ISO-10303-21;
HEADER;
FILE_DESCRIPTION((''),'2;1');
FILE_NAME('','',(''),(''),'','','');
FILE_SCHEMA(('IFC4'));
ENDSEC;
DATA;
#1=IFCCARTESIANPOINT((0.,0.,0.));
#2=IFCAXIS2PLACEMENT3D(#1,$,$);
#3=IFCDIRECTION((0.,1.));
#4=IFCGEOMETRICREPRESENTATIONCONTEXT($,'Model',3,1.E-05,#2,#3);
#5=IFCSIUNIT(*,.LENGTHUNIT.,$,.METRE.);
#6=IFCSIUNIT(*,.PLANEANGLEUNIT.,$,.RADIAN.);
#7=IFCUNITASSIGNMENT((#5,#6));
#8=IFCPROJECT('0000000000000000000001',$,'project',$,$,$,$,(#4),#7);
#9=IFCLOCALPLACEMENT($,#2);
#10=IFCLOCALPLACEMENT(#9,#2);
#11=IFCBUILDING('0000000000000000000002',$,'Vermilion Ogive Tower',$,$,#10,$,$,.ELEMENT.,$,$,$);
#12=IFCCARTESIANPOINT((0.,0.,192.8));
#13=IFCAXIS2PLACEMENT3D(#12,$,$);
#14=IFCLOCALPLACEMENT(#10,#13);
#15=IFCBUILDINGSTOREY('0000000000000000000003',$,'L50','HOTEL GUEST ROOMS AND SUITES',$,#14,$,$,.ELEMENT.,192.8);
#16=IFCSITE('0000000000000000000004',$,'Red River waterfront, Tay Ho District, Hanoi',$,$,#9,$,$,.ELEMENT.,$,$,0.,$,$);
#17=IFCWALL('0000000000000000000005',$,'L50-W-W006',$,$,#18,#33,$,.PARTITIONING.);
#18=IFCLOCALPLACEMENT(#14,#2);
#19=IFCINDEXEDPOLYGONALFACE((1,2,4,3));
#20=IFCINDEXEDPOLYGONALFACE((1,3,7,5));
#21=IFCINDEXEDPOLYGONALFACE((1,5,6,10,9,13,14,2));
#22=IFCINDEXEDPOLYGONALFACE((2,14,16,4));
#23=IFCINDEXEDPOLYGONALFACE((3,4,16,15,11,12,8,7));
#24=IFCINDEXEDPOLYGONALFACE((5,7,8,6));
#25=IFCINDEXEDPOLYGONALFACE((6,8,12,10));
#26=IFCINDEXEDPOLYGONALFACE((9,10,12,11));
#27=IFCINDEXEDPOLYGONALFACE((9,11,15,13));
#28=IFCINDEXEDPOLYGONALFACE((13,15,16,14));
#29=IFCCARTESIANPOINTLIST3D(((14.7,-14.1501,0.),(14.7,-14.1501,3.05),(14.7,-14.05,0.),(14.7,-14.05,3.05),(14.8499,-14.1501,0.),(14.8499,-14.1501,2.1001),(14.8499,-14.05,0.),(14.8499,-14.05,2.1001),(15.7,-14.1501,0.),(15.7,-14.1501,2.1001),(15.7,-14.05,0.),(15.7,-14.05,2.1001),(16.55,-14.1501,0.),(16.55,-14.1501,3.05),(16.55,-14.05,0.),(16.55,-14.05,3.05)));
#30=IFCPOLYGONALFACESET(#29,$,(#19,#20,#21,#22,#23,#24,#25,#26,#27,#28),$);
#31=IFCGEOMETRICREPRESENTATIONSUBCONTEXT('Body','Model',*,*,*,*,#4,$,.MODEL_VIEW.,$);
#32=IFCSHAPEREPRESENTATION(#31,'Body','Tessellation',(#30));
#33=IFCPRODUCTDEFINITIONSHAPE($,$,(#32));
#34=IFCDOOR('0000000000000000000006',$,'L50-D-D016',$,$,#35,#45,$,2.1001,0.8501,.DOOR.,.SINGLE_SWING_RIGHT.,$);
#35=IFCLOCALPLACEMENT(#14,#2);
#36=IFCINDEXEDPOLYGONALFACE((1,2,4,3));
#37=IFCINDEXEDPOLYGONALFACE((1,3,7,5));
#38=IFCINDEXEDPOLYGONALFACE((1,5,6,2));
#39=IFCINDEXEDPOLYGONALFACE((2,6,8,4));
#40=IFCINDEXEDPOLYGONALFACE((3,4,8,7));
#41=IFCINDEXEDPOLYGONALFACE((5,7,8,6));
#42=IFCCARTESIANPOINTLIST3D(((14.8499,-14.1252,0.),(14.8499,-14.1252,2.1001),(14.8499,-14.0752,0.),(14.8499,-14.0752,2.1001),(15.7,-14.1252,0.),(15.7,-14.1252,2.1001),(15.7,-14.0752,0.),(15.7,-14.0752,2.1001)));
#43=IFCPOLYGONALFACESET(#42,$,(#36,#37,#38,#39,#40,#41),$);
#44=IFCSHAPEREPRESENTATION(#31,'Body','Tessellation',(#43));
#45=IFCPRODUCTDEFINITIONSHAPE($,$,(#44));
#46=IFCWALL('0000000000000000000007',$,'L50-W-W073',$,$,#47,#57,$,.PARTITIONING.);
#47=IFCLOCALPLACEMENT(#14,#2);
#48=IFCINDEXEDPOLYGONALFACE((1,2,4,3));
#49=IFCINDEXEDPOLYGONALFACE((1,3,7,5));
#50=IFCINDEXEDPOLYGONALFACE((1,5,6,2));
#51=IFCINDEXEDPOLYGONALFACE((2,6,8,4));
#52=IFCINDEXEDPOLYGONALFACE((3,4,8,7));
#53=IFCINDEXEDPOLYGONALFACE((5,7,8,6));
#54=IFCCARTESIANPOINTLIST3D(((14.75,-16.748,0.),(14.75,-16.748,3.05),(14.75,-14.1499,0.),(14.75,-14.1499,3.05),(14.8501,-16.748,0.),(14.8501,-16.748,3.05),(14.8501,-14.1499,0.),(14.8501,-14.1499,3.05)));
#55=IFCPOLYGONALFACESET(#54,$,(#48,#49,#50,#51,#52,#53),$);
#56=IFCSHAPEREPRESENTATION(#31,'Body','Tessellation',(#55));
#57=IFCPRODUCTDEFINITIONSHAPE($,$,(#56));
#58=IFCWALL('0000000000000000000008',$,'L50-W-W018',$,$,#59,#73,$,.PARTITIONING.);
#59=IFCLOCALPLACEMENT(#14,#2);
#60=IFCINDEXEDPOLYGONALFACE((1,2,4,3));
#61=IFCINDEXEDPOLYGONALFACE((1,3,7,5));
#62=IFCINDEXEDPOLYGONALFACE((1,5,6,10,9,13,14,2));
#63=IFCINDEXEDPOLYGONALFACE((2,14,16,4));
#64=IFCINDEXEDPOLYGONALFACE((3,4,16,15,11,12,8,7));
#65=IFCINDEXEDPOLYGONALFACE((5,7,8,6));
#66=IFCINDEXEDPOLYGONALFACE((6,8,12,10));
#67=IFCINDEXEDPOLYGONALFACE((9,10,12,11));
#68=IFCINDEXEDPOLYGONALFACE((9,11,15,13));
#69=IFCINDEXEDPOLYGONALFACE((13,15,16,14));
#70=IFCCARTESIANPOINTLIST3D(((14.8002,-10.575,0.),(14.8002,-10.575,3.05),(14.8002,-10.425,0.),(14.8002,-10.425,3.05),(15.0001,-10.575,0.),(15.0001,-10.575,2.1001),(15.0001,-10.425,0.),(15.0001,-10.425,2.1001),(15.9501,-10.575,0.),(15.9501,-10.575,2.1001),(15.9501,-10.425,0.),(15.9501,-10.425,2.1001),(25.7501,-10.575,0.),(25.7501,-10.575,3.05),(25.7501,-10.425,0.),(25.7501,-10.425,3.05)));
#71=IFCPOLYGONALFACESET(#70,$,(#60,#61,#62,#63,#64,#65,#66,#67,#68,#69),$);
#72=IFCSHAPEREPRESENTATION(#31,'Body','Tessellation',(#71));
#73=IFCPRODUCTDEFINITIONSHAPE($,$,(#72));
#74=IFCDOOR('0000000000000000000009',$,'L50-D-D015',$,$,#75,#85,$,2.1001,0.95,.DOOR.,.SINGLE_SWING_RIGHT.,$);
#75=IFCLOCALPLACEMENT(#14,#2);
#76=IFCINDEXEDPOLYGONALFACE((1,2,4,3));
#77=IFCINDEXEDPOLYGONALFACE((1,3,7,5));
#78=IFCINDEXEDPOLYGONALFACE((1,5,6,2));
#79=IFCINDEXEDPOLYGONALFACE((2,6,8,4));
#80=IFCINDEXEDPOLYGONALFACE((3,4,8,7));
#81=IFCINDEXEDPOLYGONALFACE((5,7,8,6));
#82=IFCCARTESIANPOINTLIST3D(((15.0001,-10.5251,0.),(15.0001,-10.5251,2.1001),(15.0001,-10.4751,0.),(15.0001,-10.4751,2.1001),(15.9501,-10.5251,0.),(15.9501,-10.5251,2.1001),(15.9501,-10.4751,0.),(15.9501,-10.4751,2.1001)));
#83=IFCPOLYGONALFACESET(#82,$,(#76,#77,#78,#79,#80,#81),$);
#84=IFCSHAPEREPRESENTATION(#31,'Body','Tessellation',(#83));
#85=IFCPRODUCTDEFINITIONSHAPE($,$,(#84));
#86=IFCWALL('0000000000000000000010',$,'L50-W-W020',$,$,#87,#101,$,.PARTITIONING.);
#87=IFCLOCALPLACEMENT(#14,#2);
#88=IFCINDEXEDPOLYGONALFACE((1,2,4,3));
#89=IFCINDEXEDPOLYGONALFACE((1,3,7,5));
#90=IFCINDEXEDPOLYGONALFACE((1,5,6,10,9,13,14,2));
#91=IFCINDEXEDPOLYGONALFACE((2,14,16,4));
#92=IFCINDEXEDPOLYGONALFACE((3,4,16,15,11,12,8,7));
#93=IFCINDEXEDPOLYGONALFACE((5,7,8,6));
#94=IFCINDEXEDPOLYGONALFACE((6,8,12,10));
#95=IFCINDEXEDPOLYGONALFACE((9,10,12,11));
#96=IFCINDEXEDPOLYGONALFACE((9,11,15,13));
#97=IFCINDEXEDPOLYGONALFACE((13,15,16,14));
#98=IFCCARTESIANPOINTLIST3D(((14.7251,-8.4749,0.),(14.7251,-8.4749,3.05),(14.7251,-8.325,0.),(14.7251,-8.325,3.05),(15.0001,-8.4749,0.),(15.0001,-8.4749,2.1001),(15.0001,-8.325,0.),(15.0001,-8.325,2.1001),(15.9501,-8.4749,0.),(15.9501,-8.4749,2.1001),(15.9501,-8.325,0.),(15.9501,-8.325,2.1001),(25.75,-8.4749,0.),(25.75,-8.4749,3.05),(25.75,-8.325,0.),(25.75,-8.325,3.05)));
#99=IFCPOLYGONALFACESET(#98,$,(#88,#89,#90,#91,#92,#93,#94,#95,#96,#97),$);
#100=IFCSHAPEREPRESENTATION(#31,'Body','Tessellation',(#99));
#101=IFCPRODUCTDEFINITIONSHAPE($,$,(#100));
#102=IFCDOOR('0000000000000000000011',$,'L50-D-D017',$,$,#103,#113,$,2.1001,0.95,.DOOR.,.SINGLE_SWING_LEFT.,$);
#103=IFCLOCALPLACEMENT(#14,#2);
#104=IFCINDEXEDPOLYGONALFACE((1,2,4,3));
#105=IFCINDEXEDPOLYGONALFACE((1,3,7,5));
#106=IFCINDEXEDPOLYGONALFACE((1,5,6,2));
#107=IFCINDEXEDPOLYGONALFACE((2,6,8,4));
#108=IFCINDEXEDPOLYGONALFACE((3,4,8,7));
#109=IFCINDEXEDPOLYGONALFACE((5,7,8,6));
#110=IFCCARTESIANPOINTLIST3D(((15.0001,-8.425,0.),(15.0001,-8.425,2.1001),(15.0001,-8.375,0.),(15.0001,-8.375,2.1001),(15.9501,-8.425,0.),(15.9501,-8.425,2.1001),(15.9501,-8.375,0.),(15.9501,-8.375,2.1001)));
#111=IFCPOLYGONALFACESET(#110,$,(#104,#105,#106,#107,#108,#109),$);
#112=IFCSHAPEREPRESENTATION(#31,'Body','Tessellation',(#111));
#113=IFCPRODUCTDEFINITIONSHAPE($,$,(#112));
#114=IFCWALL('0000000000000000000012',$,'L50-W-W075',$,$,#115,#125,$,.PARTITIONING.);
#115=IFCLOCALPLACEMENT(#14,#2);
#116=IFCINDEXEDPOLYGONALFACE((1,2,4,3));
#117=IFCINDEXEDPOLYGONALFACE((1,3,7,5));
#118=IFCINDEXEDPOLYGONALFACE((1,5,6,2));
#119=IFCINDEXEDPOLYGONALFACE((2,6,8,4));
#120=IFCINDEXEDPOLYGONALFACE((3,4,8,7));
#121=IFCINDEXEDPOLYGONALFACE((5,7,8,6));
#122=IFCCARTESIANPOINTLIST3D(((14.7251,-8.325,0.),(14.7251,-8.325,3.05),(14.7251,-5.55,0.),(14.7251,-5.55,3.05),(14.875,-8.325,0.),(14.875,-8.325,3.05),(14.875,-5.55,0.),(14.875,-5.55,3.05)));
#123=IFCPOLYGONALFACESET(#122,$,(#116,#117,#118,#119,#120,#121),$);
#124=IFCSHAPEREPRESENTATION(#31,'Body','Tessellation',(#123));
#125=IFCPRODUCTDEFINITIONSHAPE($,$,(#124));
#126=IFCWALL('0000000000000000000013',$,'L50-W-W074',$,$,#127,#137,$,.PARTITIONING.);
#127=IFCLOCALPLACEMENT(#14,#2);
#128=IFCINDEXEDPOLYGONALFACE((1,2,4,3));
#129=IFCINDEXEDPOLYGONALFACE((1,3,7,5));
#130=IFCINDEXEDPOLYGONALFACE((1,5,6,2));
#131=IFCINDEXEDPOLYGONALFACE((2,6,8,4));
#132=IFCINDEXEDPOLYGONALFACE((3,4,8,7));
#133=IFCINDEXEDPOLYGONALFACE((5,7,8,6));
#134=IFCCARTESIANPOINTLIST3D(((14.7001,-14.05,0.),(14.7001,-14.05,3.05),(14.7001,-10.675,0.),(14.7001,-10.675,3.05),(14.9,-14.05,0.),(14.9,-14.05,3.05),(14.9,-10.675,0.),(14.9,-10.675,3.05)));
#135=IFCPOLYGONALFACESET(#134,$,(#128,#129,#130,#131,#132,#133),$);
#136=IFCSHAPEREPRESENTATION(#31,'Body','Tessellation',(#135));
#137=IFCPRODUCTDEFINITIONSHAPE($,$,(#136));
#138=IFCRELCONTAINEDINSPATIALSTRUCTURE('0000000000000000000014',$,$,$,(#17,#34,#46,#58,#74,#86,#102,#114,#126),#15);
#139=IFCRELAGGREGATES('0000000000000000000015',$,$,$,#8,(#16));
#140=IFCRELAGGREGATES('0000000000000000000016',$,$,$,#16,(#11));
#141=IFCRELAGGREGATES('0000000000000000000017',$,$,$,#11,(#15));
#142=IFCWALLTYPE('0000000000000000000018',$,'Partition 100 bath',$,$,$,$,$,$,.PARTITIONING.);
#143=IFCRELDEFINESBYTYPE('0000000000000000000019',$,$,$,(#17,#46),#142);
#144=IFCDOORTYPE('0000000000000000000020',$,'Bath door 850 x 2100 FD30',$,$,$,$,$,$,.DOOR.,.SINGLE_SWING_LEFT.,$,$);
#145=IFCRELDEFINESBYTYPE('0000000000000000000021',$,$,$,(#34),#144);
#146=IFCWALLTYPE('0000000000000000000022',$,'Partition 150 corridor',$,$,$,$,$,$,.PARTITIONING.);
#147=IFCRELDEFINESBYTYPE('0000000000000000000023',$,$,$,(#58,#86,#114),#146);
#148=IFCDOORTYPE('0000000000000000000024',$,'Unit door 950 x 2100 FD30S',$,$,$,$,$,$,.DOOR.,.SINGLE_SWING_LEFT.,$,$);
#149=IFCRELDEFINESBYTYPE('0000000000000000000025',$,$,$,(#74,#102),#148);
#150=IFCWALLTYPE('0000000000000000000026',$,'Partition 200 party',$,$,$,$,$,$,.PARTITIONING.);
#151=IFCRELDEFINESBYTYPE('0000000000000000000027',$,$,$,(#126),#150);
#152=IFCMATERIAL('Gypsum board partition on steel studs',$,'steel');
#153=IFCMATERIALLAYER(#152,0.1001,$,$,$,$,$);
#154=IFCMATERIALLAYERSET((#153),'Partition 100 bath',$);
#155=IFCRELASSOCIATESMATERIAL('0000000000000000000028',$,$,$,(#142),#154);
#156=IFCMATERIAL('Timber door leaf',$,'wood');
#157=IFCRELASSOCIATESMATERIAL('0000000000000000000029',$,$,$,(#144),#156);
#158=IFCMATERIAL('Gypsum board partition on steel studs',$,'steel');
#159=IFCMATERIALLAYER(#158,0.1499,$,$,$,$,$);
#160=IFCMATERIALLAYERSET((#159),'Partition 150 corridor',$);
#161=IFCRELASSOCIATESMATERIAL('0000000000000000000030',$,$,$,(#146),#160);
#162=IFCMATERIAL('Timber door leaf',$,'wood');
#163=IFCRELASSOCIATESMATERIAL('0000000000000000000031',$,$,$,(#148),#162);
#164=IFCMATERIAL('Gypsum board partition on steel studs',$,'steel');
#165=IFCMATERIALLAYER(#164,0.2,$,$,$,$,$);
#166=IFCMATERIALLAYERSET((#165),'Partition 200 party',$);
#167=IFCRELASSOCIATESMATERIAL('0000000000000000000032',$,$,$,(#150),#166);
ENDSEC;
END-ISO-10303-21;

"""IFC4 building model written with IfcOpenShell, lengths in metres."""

from ifc_helpers import new_model, si_unit, direction, frame, frame_2d, origin, place, context, subcontext, project, spatial, rectangle, extrude, material, layer, layer_set, type_object, element, fill, save


model = new_model("IFC4")

# Units and contexts
model_context = context("Model", 3, precision=1e-05, world=origin(), true_north=direction((0.0, 1.0)))
body_context = subcontext(model_context, "Body", "Model", "MODEL_VIEW")
ifc_project = project(units=[si_unit("LENGTHUNIT", "METRE"), si_unit("PLANEANGLEUNIT", "RADIAN")], contexts=[model_context])

# Site, building, storey
site_placement = place(None, origin())
site = spatial("IfcSite", under=ifc_project, at=site_placement, Name="Red River waterfront, Tay Ho District, Hanoi", CompositionType="ELEMENT", RefElevation=0.0)
building_placement = place(site_placement, origin())
building = spatial("IfcBuilding", under=site, at=building_placement, Name="Vermilion Ogive Tower", CompositionType="ELEMENT")
storey_placement = place(building_placement, frame((0.0, 0.0, 192.8)))
storey = spatial("IfcBuildingStorey", under=building, at=storey_placement, Name="L50", Description="HOTEL GUEST ROOMS AND SUITES", CompositionType="ELEMENT", Elevation=192.8)

# Shared definitions
ifc_material_1 = material(Name="Gypsum board partition on steel studs", Category="steel")
ifc_layer_1 = layer(ifc_material_1, 0.1001)
ifc_layer_set_1 = layer_set([ifc_layer_1], Name="Partition 100 bath")
wall_type_1 = type_object("IfcWallType", Name="Partition 100 bath", PredefinedType="PARTITIONING", material=ifc_layer_set_1)

# Wall, opening, door
wall_1_placement = place(storey_placement, frame((14.7, -14.1001, 0.0), z_axis=(0.0, 0.0, 1.0), x_axis=(1.0, 0.0, 0.0)))
wall_1 = element("IfcWall", 1, at=wall_1_placement, inside=storey, type_object=wall_type_1, Name="L50-W-W006", PredefinedType="PARTITIONING", context=body_context, shape_type="SweptSolid", body=[
    extrude(rectangle(XDim=1.8501, YDim=0.1001, at=frame_2d((0.925, 0.0))), origin(), (0.0, 0.0, 1.0), 3.05),
])
opening_1_placement = place(wall_1_placement, frame((0.1499, 0.0, 0.0)))
opening_1 = element("IfcOpeningElement", 2, at=opening_1_placement, cuts=wall_1, PredefinedType="OPENING", context=body_context, shape_type="SweptSolid", body=[
    extrude(rectangle(XDim=0.8501, YDim=2.1001, at=frame_2d((0.425, 1.05))), frame((0.0, 0.0601, 0.0), z_axis=(0.0, -1.0, 0.0), x_axis=(1.0, 0.0, 0.0)), (0.0, 0.0, 1.0), 0.1201),
])
ifc_material_2 = material(Name="Timber door leaf", Category="wood")
door_type_1 = type_object("IfcDoorType", Name="Bath door 850 x 2100 FD30", OperationType="SINGLE_SWING_LEFT", PredefinedType="DOOR", material=ifc_material_2)
door_1_placement = place(opening_1_placement, origin())
door_1 = element("IfcDoor", 3, at=door_1_placement, inside=storey, type_object=door_type_1, Name="L50-D-D016", OperationType="SINGLE_SWING_RIGHT", OverallHeight=2.1001, OverallWidth=0.8501, PredefinedType="DOOR", context=body_context, shape_type="SweptSolid", body=[
    extrude(rectangle(XDim=0.8501, YDim=2.1001, at=frame_2d((0.425, 1.05))), frame((0.0, 0.0249, 0.0), z_axis=(0.0, -1.0, 0.0), x_axis=(1.0, 0.0, 0.0)), (0.0, 0.0, 1.0), 0.05),
])
fill(opening_1, door_1)

# Wall
wall_2_placement = place(storey_placement, frame((14.8, -16.748, 0.0), z_axis=(0.0, 0.0, 1.0), x_axis=(0.0, 1.0, 0.0)))
element("IfcWall", 4, at=wall_2_placement, inside=storey, type_object=wall_type_1, Name="L50-W-W073", PredefinedType="PARTITIONING", context=body_context, shape_type="SweptSolid", body=[
    extrude(rectangle(XDim=2.5981, YDim=0.1001, at=frame_2d((1.2991, 0.0))), origin(), (0.0, 0.0, 1.0), 3.05),
])

# Walls, openings, doors
ifc_material_3 = material(Name="Gypsum board partition on steel studs", Category="steel")
ifc_layer_2 = layer(ifc_material_3, 0.1499)
ifc_layer_set_2 = layer_set([ifc_layer_2], Name="Partition 150 corridor")
wall_type_2 = type_object("IfcWallType", Name="Partition 150 corridor", PredefinedType="PARTITIONING", material=ifc_layer_set_2)
wall_3_placement = place(storey_placement, frame((14.8, -10.5, 0.0), z_axis=(0.0, 0.0, 1.0), x_axis=(1.0, 0.0, 0.0)))
wall_3 = element("IfcWall", 5, at=wall_3_placement, inside=storey, type_object=wall_type_2, Name="L50-W-W018", PredefinedType="PARTITIONING", context=body_context, shape_type="SweptSolid", body=[
    extrude(rectangle(XDim=10.95, YDim=0.1499, at=frame_2d((5.4751, 0.0))), origin(), (0.0, 0.0, 1.0), 3.05),
])
opening_2_placement = place(wall_3_placement, frame((0.2, 0.0, 0.0)))
opening_2 = element("IfcOpeningElement", 6, at=opening_2_placement, cuts=wall_3, PredefinedType="OPENING", context=body_context, shape_type="SweptSolid", body=[
    extrude(rectangle(XDim=0.95, YDim=2.1001, at=frame_2d((0.4751, 1.05))), frame((0.0, 0.085, 0.0), z_axis=(0.0, -1.0, 0.0), x_axis=(1.0, 0.0, 0.0)), (0.0, 0.0, 1.0), 0.1699),
])
ifc_material_4 = material(Name="Timber door leaf", Category="wood")
door_type_2 = type_object("IfcDoorType", Name="Unit door 950 x 2100 FD30S", OperationType="SINGLE_SWING_LEFT", PredefinedType="DOOR", material=ifc_material_4)
door_2_placement = place(opening_2_placement, origin())
door_2 = element("IfcDoor", 7, at=door_2_placement, inside=storey, type_object=door_type_2, Name="L50-D-D015", OperationType="SINGLE_SWING_RIGHT", OverallHeight=2.1001, OverallWidth=0.95, PredefinedType="DOOR", context=body_context, shape_type="SweptSolid", body=[
    extrude(rectangle(XDim=0.95, YDim=2.1001, at=frame_2d((0.4751, 1.05))), frame((0.0, 0.0249, 0.0), z_axis=(0.0, -1.0, 0.0), x_axis=(1.0, 0.0, 0.0)), (0.0, 0.0, 1.0), 0.05),
])
fill(opening_2, door_2)
wall_4_placement = place(storey_placement, frame((14.7251, -8.3999, 0.0), z_axis=(0.0, 0.0, 1.0), x_axis=(1.0, 0.0, 0.0)))
wall_4 = element("IfcWall", 8, at=wall_4_placement, inside=storey, type_object=wall_type_2, Name="L50-W-W020", PredefinedType="PARTITIONING", context=body_context, shape_type="SweptSolid", body=[
    extrude(rectangle(XDim=11.0249, YDim=0.1499, at=frame_2d((5.5125, 0.0))), origin(), (0.0, 0.0, 1.0), 3.05),
])
opening_3_placement = place(wall_4_placement, frame((0.2749, 0.0, 0.0)))
opening_3 = element("IfcOpeningElement", 9, at=opening_3_placement, cuts=wall_4, PredefinedType="OPENING", context=body_context, shape_type="SweptSolid", body=[
    extrude(rectangle(XDim=0.95, YDim=2.1001, at=frame_2d((0.4751, 1.05))), frame((0.0, 0.085, 0.0), z_axis=(0.0, -1.0, 0.0), x_axis=(1.0, 0.0, 0.0)), (0.0, 0.0, 1.0), 0.1699),
])
door_3_placement = place(opening_3_placement, origin())
door_3 = element("IfcDoor", 10, at=door_3_placement, inside=storey, type_object=door_type_2, Name="L50-D-D017", OperationType="SINGLE_SWING_LEFT", OverallHeight=2.1001, OverallWidth=0.95, PredefinedType="DOOR", context=body_context, shape_type="SweptSolid", body=[
    extrude(rectangle(XDim=0.95, YDim=2.1001, at=frame_2d((0.4751, 1.05))), frame((0.0, 0.0249, 0.0), z_axis=(0.0, -1.0, 0.0), x_axis=(1.0, 0.0, 0.0)), (0.0, 0.0, 1.0), 0.05),
])
fill(opening_3, door_3)

# Walls
wall_5_placement = place(storey_placement, frame((14.8, -8.325, 0.0), z_axis=(0.0, 0.0, 1.0), x_axis=(0.0, 1.0, 0.0)))
element("IfcWall", 11, at=wall_5_placement, inside=storey, type_object=wall_type_2, Name="L50-W-W075", PredefinedType="PARTITIONING", context=body_context, shape_type="SweptSolid", body=[
    extrude(rectangle(XDim=2.7749, YDim=0.1499, at=frame_2d((1.3875, 0.0))), origin(), (0.0, 0.0, 1.0), 3.05),
])
ifc_material_5 = material(Name="Gypsum board partition on steel studs", Category="steel")
ifc_layer_3 = layer(ifc_material_5, 0.2)
ifc_layer_set_3 = layer_set([ifc_layer_3], Name="Partition 200 party")
wall_type_3 = type_object("IfcWallType", Name="Partition 200 party", PredefinedType="PARTITIONING", material=ifc_layer_set_3)
wall_6_placement = place(storey_placement, frame((14.8, -14.05, 0.0), z_axis=(0.0, 0.0, 1.0), x_axis=(0.0, 1.0, 0.0)))
element("IfcWall", 12, at=wall_6_placement, inside=storey, type_object=wall_type_3, Name="L50-W-W074", PredefinedType="PARTITIONING", context=body_context, shape_type="SweptSolid", body=[
    extrude(rectangle(XDim=3.375, YDim=0.2, at=frame_2d((1.6875, 0.0))), origin(), (0.0, 0.0, 1.0), 3.05),
])

save(model, "model.ifc")
